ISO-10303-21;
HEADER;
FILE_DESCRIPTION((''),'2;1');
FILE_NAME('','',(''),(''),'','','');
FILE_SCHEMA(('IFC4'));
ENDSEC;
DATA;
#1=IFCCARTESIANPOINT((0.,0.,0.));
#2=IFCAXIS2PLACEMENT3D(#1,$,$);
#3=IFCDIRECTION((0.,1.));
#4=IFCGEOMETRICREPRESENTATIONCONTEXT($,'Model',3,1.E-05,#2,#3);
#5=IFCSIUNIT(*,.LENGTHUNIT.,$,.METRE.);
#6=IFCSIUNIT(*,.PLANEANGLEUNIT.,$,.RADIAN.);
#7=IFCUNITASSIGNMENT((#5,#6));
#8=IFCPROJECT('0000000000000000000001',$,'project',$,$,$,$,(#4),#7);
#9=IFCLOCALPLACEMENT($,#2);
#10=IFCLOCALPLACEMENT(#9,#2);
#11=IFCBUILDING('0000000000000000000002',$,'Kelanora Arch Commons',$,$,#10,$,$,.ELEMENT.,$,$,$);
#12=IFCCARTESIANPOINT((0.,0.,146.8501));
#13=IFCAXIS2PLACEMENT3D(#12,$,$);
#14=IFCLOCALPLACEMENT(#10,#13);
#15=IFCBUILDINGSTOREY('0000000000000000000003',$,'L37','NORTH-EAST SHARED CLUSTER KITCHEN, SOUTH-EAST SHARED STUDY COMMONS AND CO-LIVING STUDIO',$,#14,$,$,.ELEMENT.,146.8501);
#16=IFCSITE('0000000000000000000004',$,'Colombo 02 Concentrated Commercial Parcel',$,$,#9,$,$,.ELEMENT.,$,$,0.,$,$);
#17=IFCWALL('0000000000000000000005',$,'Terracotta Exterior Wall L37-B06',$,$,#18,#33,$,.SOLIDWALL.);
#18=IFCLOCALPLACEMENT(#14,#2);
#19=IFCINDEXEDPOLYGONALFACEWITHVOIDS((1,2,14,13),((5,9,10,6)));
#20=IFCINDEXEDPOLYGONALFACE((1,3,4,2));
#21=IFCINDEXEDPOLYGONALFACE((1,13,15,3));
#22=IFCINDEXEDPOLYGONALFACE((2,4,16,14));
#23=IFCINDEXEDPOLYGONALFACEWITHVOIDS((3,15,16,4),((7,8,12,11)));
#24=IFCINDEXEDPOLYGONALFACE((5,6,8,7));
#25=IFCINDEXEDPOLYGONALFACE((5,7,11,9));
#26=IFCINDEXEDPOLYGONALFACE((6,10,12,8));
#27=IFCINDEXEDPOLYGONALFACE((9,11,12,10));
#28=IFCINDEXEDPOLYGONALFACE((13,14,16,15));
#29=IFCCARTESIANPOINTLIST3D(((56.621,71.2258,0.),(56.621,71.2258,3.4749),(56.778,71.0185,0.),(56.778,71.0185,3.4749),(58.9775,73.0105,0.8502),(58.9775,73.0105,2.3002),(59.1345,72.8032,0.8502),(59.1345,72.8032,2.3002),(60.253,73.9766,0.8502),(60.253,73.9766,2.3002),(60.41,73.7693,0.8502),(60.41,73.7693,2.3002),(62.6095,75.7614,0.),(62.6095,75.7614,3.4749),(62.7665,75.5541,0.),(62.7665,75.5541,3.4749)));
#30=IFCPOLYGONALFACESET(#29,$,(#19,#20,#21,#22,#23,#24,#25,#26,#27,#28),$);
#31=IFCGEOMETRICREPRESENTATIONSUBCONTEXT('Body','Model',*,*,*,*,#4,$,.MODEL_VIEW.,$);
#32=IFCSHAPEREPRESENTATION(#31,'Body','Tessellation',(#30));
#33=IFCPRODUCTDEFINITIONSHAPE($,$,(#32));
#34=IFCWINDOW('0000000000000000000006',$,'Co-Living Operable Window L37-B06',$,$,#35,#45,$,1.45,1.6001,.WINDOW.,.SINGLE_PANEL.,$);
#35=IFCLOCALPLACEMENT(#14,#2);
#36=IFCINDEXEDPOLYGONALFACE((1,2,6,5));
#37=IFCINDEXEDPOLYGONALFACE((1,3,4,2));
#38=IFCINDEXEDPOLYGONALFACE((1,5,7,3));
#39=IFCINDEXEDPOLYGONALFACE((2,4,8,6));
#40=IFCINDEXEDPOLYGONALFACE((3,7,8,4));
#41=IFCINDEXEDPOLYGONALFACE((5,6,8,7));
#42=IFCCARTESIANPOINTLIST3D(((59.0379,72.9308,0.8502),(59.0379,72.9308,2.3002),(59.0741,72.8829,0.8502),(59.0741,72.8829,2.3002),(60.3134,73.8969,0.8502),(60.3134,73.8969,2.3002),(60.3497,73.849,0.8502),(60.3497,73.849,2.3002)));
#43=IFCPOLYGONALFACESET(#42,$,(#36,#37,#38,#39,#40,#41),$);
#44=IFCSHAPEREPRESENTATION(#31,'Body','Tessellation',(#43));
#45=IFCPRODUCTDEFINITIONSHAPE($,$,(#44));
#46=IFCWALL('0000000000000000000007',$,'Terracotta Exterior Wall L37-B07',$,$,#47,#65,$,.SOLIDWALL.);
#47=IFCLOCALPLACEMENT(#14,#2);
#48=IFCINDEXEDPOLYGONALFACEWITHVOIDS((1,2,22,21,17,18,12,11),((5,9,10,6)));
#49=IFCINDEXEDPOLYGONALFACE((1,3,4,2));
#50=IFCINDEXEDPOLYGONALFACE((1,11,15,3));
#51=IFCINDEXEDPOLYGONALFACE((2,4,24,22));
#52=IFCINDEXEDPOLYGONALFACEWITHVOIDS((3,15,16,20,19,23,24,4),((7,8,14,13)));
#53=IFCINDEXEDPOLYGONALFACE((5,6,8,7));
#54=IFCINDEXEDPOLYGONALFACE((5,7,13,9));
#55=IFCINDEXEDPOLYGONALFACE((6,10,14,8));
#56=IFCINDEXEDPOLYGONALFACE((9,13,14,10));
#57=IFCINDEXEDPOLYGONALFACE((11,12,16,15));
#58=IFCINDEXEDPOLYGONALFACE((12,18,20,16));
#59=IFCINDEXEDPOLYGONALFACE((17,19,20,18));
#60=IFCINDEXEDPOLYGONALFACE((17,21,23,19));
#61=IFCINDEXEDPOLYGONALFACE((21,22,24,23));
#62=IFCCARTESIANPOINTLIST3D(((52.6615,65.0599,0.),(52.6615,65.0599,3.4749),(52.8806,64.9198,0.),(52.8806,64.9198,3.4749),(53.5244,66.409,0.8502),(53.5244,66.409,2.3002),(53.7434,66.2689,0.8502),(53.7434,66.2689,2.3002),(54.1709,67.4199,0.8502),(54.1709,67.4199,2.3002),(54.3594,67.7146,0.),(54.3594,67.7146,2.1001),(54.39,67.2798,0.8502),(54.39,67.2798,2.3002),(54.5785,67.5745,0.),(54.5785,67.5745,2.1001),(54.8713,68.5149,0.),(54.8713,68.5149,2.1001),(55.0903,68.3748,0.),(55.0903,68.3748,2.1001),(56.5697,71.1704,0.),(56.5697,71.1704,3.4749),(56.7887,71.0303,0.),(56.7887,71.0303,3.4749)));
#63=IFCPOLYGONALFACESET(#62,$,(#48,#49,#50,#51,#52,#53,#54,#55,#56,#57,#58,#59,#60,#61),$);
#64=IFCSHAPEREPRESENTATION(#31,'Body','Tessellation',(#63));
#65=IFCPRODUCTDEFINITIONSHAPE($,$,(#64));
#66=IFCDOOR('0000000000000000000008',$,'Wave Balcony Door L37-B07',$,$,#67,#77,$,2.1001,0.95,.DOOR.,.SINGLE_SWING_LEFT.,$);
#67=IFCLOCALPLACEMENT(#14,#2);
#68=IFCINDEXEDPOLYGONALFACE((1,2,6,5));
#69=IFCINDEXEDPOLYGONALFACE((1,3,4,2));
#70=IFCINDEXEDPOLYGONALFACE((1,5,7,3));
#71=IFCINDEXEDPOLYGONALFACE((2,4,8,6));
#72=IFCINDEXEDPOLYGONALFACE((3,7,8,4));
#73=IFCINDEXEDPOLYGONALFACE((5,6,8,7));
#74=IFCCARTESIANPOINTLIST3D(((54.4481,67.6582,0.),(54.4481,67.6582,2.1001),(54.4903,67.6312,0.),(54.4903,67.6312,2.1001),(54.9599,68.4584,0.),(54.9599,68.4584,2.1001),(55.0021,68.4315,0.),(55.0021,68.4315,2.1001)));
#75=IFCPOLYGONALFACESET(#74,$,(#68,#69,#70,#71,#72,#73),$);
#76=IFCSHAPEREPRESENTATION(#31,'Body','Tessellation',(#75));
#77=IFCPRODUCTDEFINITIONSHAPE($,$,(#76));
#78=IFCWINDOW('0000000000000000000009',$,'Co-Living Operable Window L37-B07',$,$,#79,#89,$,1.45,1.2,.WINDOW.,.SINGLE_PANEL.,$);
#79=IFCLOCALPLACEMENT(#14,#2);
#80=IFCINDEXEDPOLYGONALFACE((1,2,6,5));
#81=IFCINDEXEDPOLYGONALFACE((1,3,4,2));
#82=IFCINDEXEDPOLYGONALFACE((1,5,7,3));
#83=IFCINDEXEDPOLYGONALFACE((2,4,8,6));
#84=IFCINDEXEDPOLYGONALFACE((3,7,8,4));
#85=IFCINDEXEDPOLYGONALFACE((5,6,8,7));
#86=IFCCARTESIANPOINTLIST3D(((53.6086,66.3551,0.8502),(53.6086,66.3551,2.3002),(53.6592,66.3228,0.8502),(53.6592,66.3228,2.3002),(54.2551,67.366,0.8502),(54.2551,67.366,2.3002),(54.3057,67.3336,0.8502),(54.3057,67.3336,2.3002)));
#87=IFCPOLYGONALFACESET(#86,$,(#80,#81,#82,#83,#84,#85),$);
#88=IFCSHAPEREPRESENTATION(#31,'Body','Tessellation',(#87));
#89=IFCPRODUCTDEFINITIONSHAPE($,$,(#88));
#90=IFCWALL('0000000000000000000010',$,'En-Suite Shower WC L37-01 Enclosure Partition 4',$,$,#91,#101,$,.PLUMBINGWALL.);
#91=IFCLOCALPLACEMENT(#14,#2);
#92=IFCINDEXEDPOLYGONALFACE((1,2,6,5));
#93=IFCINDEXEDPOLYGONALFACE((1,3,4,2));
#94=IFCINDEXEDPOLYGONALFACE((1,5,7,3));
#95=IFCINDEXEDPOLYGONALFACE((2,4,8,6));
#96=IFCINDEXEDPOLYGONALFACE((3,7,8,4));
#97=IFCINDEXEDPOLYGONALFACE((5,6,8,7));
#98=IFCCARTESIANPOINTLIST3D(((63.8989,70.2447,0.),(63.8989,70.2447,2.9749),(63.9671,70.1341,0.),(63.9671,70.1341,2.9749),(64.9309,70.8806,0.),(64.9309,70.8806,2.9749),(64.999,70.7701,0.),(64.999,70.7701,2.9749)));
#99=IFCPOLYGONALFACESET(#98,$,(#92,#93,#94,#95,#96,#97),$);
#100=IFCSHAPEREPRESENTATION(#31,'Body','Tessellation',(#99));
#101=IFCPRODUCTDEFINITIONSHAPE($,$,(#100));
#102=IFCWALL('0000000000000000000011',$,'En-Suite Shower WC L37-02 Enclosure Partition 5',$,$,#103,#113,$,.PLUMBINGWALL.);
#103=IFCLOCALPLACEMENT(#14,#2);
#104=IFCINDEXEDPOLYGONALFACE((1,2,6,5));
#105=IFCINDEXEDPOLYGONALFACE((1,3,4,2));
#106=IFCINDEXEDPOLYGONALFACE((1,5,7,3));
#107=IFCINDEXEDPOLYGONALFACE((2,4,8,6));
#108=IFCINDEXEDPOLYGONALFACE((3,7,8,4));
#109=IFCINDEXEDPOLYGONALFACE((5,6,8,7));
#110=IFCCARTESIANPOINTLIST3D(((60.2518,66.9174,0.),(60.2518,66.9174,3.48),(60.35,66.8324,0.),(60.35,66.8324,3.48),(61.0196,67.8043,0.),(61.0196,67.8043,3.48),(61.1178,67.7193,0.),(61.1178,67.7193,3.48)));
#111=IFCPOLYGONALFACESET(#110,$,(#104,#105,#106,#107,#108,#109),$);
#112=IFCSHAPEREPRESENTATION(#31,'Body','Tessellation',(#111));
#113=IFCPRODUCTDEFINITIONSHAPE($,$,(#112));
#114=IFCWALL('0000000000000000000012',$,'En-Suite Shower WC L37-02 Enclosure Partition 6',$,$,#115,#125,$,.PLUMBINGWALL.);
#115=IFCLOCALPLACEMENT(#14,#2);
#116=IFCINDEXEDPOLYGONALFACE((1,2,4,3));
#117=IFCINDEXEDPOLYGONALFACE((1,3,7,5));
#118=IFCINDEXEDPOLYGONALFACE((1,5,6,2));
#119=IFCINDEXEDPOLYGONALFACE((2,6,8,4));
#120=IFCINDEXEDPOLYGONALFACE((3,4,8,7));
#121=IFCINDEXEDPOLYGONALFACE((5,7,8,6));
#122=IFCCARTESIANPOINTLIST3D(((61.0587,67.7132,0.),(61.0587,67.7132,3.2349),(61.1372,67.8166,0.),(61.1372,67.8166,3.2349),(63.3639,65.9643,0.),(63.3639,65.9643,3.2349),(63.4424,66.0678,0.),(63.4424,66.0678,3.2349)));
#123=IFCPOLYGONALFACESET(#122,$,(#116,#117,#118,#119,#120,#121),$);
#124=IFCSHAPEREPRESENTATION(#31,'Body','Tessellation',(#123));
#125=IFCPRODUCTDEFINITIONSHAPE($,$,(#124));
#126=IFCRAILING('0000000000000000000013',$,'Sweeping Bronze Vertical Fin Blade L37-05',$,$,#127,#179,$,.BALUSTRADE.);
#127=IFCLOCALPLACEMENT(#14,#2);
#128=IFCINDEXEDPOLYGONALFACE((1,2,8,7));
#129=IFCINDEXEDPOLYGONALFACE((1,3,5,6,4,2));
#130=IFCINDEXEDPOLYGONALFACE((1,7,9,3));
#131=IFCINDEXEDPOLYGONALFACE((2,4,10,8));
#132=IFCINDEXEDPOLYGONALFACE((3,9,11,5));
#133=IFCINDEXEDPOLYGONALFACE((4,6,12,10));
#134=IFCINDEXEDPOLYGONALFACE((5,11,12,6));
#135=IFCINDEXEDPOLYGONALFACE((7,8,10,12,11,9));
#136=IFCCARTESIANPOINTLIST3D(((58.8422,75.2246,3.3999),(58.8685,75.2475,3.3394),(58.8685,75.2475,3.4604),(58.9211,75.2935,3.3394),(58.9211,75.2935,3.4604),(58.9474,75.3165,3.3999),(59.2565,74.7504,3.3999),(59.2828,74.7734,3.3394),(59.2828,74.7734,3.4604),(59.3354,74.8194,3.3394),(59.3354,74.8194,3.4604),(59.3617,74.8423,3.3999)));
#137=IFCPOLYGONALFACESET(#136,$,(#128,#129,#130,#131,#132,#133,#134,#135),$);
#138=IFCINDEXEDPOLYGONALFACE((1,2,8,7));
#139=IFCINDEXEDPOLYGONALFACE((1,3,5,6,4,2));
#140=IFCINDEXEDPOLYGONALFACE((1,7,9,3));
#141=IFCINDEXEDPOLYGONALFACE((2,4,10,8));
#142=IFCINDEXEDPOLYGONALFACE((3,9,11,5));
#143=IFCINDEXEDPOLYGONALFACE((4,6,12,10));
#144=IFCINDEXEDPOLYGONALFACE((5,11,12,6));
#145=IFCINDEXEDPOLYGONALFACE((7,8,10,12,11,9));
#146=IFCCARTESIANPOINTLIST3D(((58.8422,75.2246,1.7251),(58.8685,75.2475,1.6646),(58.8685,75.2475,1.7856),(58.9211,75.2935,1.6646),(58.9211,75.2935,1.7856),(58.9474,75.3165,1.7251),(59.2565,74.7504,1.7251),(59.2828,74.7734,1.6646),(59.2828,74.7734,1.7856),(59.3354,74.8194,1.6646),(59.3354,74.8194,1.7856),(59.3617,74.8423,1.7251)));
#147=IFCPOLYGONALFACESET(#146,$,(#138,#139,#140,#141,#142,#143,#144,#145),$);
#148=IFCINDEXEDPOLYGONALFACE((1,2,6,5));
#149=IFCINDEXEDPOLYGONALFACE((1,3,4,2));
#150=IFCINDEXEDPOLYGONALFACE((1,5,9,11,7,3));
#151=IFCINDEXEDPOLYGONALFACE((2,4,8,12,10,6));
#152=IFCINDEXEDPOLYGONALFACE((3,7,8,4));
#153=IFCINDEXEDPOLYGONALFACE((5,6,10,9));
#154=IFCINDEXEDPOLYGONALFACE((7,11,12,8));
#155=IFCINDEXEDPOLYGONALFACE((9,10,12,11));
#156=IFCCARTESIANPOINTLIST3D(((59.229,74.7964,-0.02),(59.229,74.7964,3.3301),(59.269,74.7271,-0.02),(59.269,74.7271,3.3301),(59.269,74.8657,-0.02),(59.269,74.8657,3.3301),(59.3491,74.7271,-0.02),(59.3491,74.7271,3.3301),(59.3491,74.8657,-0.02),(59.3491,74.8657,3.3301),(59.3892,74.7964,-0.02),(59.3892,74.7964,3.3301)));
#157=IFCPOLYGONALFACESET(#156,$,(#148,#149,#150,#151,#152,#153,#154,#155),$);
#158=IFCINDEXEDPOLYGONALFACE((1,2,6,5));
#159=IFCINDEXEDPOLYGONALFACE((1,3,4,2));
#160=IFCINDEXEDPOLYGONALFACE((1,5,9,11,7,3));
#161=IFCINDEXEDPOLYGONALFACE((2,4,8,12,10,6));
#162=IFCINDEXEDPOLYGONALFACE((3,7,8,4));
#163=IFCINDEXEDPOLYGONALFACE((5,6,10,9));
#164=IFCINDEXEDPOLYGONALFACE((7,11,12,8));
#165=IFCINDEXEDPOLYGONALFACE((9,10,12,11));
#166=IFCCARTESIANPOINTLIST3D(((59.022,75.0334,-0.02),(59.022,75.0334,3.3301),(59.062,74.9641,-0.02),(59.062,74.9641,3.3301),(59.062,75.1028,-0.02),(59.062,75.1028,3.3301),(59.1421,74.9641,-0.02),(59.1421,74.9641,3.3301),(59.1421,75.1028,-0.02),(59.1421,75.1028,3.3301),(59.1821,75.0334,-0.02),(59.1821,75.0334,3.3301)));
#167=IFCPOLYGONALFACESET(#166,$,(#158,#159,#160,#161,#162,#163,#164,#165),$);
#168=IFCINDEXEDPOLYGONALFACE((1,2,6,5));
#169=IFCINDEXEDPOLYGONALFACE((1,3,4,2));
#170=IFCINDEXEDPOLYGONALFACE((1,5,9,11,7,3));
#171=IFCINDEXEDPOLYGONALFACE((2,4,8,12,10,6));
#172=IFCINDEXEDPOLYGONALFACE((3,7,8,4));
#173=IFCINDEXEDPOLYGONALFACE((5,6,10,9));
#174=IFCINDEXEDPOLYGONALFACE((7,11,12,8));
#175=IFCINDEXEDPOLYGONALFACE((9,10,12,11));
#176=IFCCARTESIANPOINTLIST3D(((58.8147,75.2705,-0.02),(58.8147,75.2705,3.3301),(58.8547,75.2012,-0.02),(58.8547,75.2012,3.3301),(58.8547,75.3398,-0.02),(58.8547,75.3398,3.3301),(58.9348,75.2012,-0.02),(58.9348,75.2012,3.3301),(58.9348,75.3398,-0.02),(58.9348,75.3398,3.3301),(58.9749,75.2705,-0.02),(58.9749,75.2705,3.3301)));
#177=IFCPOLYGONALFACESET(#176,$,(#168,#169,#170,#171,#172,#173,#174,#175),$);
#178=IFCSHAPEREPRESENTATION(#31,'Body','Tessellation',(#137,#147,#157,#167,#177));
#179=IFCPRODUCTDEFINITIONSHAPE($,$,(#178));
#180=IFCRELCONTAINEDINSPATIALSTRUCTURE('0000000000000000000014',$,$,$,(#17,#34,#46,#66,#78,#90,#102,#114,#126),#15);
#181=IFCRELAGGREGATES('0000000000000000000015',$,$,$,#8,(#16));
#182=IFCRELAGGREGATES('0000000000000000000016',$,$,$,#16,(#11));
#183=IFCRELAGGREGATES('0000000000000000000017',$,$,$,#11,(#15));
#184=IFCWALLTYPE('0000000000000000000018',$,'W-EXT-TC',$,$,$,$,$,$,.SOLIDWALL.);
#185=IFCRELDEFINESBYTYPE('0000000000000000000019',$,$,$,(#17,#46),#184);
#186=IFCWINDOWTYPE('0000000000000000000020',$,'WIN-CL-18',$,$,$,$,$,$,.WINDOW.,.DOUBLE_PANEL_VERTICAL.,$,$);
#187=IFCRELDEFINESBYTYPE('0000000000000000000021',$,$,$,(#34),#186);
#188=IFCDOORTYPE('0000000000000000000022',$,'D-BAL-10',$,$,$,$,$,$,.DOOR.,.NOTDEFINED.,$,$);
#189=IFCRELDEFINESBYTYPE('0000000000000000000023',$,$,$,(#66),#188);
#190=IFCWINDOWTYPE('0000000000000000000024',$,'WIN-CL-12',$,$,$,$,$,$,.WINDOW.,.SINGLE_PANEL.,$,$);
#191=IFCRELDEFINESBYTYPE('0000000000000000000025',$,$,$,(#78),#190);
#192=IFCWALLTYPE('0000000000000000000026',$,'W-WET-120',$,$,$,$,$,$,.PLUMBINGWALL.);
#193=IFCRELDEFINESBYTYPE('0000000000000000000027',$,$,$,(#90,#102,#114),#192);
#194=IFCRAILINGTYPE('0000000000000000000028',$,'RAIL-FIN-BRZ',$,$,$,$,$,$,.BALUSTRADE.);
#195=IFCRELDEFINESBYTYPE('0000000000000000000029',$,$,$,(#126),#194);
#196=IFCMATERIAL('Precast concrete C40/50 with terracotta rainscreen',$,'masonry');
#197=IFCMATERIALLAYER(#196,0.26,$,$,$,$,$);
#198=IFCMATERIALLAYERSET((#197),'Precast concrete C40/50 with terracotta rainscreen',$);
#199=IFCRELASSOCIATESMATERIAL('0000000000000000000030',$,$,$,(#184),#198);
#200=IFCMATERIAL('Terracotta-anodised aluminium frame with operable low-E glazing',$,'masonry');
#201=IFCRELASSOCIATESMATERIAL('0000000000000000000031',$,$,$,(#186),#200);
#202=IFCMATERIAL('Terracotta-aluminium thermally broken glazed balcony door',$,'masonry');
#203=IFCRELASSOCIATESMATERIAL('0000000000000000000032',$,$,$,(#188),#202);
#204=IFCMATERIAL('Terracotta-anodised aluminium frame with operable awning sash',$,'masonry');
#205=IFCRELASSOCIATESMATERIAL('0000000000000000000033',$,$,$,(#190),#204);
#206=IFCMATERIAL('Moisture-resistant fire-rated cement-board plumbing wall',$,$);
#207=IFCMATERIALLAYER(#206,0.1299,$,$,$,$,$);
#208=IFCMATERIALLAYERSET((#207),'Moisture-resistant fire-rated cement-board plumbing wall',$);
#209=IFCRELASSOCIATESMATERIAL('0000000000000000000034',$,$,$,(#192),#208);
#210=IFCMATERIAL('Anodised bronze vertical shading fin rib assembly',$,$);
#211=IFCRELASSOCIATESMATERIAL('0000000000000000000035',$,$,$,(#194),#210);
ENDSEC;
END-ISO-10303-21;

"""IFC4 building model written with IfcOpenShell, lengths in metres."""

from ifc_helpers import new_model, si_unit, direction, frame, frame_2d, origin, place, context, subcontext, project, spatial, polyline, rectangle, outline, extrude, material, layer, layer_set, type_object, element, fill, save


model = new_model("IFC4")

# Units and contexts
model_context = context("Model", 3, precision=1e-05, world=origin(), true_north=direction((0.0, 1.0)))
body_context = subcontext(model_context, "Body", "Model", "MODEL_VIEW")
ifc_project = project(units=[si_unit("LENGTHUNIT", "METRE"), si_unit("PLANEANGLEUNIT", "RADIAN")], contexts=[model_context])

# Site, building, storey
site_placement = place(None, origin())
site = spatial("IfcSite", under=ifc_project, at=site_placement, Name="Colombo 02 Concentrated Commercial Parcel", CompositionType="ELEMENT", RefElevation=0.0)
building_placement = place(site_placement, origin())
building = spatial("IfcBuilding", under=site, at=building_placement, Name="Kelanora Arch Commons", CompositionType="ELEMENT")
storey_placement = place(building_placement, frame((0.0, 0.0, 146.8501)))
storey = spatial("IfcBuildingStorey", under=building, at=storey_placement, Name="L37", Description="NORTH-EAST SHARED CLUSTER KITCHEN, SOUTH-EAST SHARED STUDY COMMONS AND CO-LIVING STUDIO", CompositionType="ELEMENT", Elevation=146.8501)

# Wall, opening, window
ifc_material_1 = material(Name="Precast concrete C40/50 with terracotta rainscreen", Category="masonry")
ifc_layer_1 = layer(ifc_material_1, 0.26)
ifc_layer_set_1 = layer_set([ifc_layer_1], Name="Precast concrete C40/50 with terracotta rainscreen")
wall_type_1 = type_object("IfcWallType", Name="W-EXT-TC", PredefinedType="SOLIDWALL", material=ifc_layer_set_1)
wall_1_placement = place(storey_placement, frame((62.688, 75.6577, 0.0), z_axis=(0.0, 0.0, 1.0), x_axis=(-0.797164, -0.603763, 0.0)))
wall_1 = element("IfcWall", 1, at=wall_1_placement, inside=storey, type_object=wall_type_1, Name="Terracotta Exterior Wall L37-B06", PredefinedType="SOLIDWALL", context=body_context, shape_type="SweptSolid", body=[
    extrude(rectangle(XDim=7.5122, YDim=0.26, at=frame_2d((3.7561, 0.0))), origin(), (0.0, 0.0, 1.0), 3.4749),
])
opening_1_placement = place(wall_1_placement, frame((2.9561, 0.0, 0.8501)))
opening_1 = element("IfcOpeningElement", 2, at=opening_1_placement, cuts=wall_1, PredefinedType="OPENING", context=body_context, shape_type="SweptSolid", body=[
    extrude(rectangle(XDim=1.6001, YDim=1.45, at=frame_2d((0.8, 0.7251))), frame((0.0, 0.1401, 0.0), z_axis=(0.0, -1.0, 0.0), x_axis=(1.0, 0.0, 0.0)), (0.0, 0.0, 1.0), 0.28),
])
ifc_material_2 = material(Name="Terracotta-anodised aluminium frame with operable low-E glazing", Category="masonry")
window_type_1 = type_object("IfcWindowType", Name="WIN-CL-18", PartitioningType="DOUBLE_PANEL_VERTICAL", PredefinedType="WINDOW", material=ifc_material_2)
window_1_placement = place(opening_1_placement, origin())
window_1 = element("IfcWindow", 3, at=window_1_placement, inside=storey, type_object=window_type_1, Name="Co-Living Operable Window L37-B06", OverallHeight=1.45, OverallWidth=1.6001, PartitioningType="SINGLE_PANEL", PredefinedType="WINDOW", context=body_context, shape_type="SweptSolid", body=[
    extrude(rectangle(XDim=1.6001, YDim=1.45, at=frame_2d((0.8, 0.7251))), frame((0.0, 0.03, 0.0), z_axis=(0.0, -1.0, 0.0), x_axis=(1.0, 0.0, 0.0)), (0.0, 0.0, 1.0), 0.0601),
])
fill(opening_1, window_1)

# Wall, openings, door, window
wall_2_placement = place(storey_placement, frame((56.6792, 71.1003, 0.0), z_axis=(0.0, 0.0, 1.0), x_axis=(-0.538802, -0.842433, 0.0)))
wall_2 = element("IfcWall", 4, at=wall_2_placement, inside=storey, type_object=wall_type_1, Name="Terracotta Exterior Wall L37-B07", PredefinedType="SOLIDWALL", context=body_context, shape_type="SweptSolid", body=[
    extrude(rectangle(XDim=7.2534, YDim=0.26, at=frame_2d((3.6267, 0.0))), origin(), (0.0, 0.0, 1.0), 3.4749),
])
opening_2_placement = place(wall_2_placement, frame((3.1521, 0.0, 0.0)))
opening_2 = element("IfcOpeningElement", 5, at=opening_2_placement, cuts=wall_2, PredefinedType="OPENING", context=body_context, shape_type="SweptSolid", body=[
    extrude(rectangle(XDim=0.95, YDim=2.1001, at=frame_2d((0.4751, 1.05))), frame((0.0, 0.1401, 0.0), z_axis=(0.0, -1.0, 0.0), x_axis=(1.0, 0.0, 0.0)), (0.0, 0.0, 1.0), 0.28),
])
opening_3_placement = place(wall_2_placement, frame((4.4519, 0.0, 0.8501)))
opening_3 = element("IfcOpeningElement", 6, at=opening_3_placement, cuts=wall_2, PredefinedType="OPENING", context=body_context, shape_type="SweptSolid", body=[
    extrude(rectangle(XDim=1.2, YDim=1.45, at=frame_2d((0.6001, 0.7251))), frame((0.0, 0.1401, 0.0), z_axis=(0.0, -1.0, 0.0), x_axis=(1.0, 0.0, 0.0)), (0.0, 0.0, 1.0), 0.28),
])
ifc_material_3 = material(Name="Terracotta-aluminium thermally broken glazed balcony door", Category="masonry")
door_type = type_object("IfcDoorType", Name="D-BAL-10", OperationType="NOTDEFINED", PredefinedType="DOOR", material=ifc_material_3)
door_placement = place(opening_2_placement, frame((0.95, 0.0, 0.0), z_axis=(0.0, 0.0, 1.0), x_axis=(-1.0, 0.0, 0.0)))
door = element("IfcDoor", 7, at=door_placement, inside=storey, type_object=door_type, Name="Wave Balcony Door L37-B07", OperationType="SINGLE_SWING_LEFT", OverallHeight=2.1001, OverallWidth=0.95, PredefinedType="DOOR", context=body_context, shape_type="SweptSolid", body=[
    extrude(rectangle(XDim=0.95, YDim=2.1001, at=frame_2d((0.4751, 1.05))), frame((0.0, 0.0249, 0.0), z_axis=(0.0, -1.0, 0.0), x_axis=(1.0, 0.0, 0.0)), (0.0, 0.0, 1.0), 0.05),
])
fill(opening_2, door)
ifc_material_4 = material(Name="Terracotta-anodised aluminium frame with operable awning sash", Category="masonry")
window_type_2 = type_object("IfcWindowType", Name="WIN-CL-12", PartitioningType="SINGLE_PANEL", PredefinedType="WINDOW", material=ifc_material_4)
window_2_placement = place(opening_3_placement, origin())
window_2 = element("IfcWindow", 8, at=window_2_placement, inside=storey, type_object=window_type_2, Name="Co-Living Operable Window L37-B07", OverallHeight=1.45, OverallWidth=1.2, PartitioningType="SINGLE_PANEL", PredefinedType="WINDOW", context=body_context, shape_type="SweptSolid", body=[
    extrude(rectangle(XDim=1.2, YDim=1.45, at=frame_2d((0.6001, 0.7251))), frame((0.0, 0.03, 0.0), z_axis=(0.0, -1.0, 0.0), x_axis=(1.0, 0.0, 0.0)), (0.0, 0.0, 1.0), 0.0601),
])
fill(opening_3, window_2)

# Walls
ifc_material_5 = material(Name="Moisture-resistant fire-rated cement-board plumbing wall")
ifc_layer_2 = layer(ifc_material_5, 0.1299)
ifc_layer_set_2 = layer_set([ifc_layer_2], Name="Moisture-resistant fire-rated cement-board plumbing wall")
wall_type_2 = type_object("IfcWallType", Name="W-WET-120", PredefinedType="PLUMBINGWALL", material=ifc_layer_set_2)
wall_3_placement = place(storey_placement, frame((63.9331, 70.1895, 0.0), z_axis=(0.0, 0.0, 1.0), x_axis=(0.851319, 0.524648, 0.0)))
element("IfcWall", 9, at=wall_3_placement, inside=storey, type_object=wall_type_2, Name="En-Suite Shower WC L37-01 Enclosure Partition 4", PredefinedType="PLUMBINGWALL", context=body_context, shape_type="SweptSolid", body=[
    extrude(rectangle(XDim=1.2122, YDim=0.1299, at=frame_2d((0.606, 0.0))), origin(), (0.0, 0.0, 1.0), 2.9749),
])
wall_4_placement = place(storey_placement, frame((60.301, 66.875, 0.0), z_axis=(0.0, 0.0, 1.0), x_axis=(0.654503, 0.75606, 0.0)))
element("IfcWall", 10, at=wall_4_placement, inside=storey, type_object=wall_type_2, Name="En-Suite Shower WC L37-02 Enclosure Partition 5", PredefinedType="PLUMBINGWALL", context=body_context, shape_type="SweptSolid", body=[
    extrude(rectangle(XDim=1.1731, YDim=0.1299, at=frame_2d((0.5864, 0.0))), origin(), (0.0, 0.0, 1.0), 3.48),
])
wall_5_placement = place(storey_placement, frame((61.0979, 67.7649, 0.0), z_axis=(0.0, 0.0, 1.0), x_axis=(0.796687, -0.604392, 0.0)))
element("IfcWall", 11, at=wall_5_placement, inside=storey, type_object=wall_type_2, Name="En-Suite Shower WC L37-02 Enclosure Partition 6", PredefinedType="PLUMBINGWALL", context=body_context, shape_type="SweptSolid", body=[
    extrude(rectangle(XDim=2.8936, YDim=0.1299, at=frame_2d((1.4468, 0.0))), origin(), (0.0, 0.0, 1.0), 3.2349),
])

# Railing
ifc_material_6 = material(Name="Anodised bronze vertical shading fin rib assembly")
railing_type = type_object("IfcRailingType", Name="RAIL-FIN-BRZ", PredefinedType="BALUSTRADE", material=ifc_material_6)
railing_1_placement = place(storey_placement, frame((59.3091, 74.7964, -0.02)))
element("IfcRailing", 12, at=railing_1_placement, inside=storey, type_object=railing_type, Name="Sweeping Bronze Vertical Fin Blade L37-05", PredefinedType="BALUSTRADE", context=body_context, shape_type="SweptSolid", body=[
    extrude(outline(polyline([(0.0698, 0.0), (0.0349, 0.0605), (-0.0349, 0.0605), (-0.0698, 0.0), (-0.0349, -0.0605), (0.0349, -0.0605), (0.0698, 0.0)])), frame((0.0, 0.0, 3.4199), z_axis=(-0.65801, 0.753009, 0.0), x_axis=(-0.753009, -0.65801, 0.0)), (0.0, 0.0, 1.0), 0.6296),
    extrude(outline(polyline([(0.0698, 0.0), (0.0349, 0.0605), (-0.0349, 0.0605), (-0.0698, 0.0), (-0.0349, -0.0605), (0.0349, -0.0605), (0.0698, 0.0)])), frame((0.0, 0.0, 1.7451), z_axis=(-0.65801, 0.753009, 0.0), x_axis=(-0.753009, -0.65801, 0.0)), (0.0, 0.0, 1.0), 0.6296),
    extrude(outline(polyline([(0.0801, 0.0), (0.04, 0.0693), (-0.04, 0.0693), (-0.0801, 0.0), (-0.04, -0.0693), (0.04, -0.0693), (0.0801, 0.0)])), origin(), (0.0, 0.0, 1.0), 3.3501),
    extrude(outline(polyline([(0.0801, 0.0), (0.04, 0.0693), (-0.04, 0.0693), (-0.0801, 0.0), (-0.04, -0.0693), (0.04, -0.0693), (0.0801, 0.0)])), frame((-0.207, 0.2371, 0.0)), (0.0, 0.0, 1.0), 3.3501),
    extrude(outline(polyline([(0.0801, 0.0), (0.04, 0.0693), (-0.04, 0.0693), (-0.0801, 0.0), (-0.04, -0.0693), (0.04, -0.0693), (0.0801, 0.0)])), frame((-0.4143, 0.4741, 0.0)), (0.0, 0.0, 1.0), 3.3501),
])

save(model, "model.ifc")
